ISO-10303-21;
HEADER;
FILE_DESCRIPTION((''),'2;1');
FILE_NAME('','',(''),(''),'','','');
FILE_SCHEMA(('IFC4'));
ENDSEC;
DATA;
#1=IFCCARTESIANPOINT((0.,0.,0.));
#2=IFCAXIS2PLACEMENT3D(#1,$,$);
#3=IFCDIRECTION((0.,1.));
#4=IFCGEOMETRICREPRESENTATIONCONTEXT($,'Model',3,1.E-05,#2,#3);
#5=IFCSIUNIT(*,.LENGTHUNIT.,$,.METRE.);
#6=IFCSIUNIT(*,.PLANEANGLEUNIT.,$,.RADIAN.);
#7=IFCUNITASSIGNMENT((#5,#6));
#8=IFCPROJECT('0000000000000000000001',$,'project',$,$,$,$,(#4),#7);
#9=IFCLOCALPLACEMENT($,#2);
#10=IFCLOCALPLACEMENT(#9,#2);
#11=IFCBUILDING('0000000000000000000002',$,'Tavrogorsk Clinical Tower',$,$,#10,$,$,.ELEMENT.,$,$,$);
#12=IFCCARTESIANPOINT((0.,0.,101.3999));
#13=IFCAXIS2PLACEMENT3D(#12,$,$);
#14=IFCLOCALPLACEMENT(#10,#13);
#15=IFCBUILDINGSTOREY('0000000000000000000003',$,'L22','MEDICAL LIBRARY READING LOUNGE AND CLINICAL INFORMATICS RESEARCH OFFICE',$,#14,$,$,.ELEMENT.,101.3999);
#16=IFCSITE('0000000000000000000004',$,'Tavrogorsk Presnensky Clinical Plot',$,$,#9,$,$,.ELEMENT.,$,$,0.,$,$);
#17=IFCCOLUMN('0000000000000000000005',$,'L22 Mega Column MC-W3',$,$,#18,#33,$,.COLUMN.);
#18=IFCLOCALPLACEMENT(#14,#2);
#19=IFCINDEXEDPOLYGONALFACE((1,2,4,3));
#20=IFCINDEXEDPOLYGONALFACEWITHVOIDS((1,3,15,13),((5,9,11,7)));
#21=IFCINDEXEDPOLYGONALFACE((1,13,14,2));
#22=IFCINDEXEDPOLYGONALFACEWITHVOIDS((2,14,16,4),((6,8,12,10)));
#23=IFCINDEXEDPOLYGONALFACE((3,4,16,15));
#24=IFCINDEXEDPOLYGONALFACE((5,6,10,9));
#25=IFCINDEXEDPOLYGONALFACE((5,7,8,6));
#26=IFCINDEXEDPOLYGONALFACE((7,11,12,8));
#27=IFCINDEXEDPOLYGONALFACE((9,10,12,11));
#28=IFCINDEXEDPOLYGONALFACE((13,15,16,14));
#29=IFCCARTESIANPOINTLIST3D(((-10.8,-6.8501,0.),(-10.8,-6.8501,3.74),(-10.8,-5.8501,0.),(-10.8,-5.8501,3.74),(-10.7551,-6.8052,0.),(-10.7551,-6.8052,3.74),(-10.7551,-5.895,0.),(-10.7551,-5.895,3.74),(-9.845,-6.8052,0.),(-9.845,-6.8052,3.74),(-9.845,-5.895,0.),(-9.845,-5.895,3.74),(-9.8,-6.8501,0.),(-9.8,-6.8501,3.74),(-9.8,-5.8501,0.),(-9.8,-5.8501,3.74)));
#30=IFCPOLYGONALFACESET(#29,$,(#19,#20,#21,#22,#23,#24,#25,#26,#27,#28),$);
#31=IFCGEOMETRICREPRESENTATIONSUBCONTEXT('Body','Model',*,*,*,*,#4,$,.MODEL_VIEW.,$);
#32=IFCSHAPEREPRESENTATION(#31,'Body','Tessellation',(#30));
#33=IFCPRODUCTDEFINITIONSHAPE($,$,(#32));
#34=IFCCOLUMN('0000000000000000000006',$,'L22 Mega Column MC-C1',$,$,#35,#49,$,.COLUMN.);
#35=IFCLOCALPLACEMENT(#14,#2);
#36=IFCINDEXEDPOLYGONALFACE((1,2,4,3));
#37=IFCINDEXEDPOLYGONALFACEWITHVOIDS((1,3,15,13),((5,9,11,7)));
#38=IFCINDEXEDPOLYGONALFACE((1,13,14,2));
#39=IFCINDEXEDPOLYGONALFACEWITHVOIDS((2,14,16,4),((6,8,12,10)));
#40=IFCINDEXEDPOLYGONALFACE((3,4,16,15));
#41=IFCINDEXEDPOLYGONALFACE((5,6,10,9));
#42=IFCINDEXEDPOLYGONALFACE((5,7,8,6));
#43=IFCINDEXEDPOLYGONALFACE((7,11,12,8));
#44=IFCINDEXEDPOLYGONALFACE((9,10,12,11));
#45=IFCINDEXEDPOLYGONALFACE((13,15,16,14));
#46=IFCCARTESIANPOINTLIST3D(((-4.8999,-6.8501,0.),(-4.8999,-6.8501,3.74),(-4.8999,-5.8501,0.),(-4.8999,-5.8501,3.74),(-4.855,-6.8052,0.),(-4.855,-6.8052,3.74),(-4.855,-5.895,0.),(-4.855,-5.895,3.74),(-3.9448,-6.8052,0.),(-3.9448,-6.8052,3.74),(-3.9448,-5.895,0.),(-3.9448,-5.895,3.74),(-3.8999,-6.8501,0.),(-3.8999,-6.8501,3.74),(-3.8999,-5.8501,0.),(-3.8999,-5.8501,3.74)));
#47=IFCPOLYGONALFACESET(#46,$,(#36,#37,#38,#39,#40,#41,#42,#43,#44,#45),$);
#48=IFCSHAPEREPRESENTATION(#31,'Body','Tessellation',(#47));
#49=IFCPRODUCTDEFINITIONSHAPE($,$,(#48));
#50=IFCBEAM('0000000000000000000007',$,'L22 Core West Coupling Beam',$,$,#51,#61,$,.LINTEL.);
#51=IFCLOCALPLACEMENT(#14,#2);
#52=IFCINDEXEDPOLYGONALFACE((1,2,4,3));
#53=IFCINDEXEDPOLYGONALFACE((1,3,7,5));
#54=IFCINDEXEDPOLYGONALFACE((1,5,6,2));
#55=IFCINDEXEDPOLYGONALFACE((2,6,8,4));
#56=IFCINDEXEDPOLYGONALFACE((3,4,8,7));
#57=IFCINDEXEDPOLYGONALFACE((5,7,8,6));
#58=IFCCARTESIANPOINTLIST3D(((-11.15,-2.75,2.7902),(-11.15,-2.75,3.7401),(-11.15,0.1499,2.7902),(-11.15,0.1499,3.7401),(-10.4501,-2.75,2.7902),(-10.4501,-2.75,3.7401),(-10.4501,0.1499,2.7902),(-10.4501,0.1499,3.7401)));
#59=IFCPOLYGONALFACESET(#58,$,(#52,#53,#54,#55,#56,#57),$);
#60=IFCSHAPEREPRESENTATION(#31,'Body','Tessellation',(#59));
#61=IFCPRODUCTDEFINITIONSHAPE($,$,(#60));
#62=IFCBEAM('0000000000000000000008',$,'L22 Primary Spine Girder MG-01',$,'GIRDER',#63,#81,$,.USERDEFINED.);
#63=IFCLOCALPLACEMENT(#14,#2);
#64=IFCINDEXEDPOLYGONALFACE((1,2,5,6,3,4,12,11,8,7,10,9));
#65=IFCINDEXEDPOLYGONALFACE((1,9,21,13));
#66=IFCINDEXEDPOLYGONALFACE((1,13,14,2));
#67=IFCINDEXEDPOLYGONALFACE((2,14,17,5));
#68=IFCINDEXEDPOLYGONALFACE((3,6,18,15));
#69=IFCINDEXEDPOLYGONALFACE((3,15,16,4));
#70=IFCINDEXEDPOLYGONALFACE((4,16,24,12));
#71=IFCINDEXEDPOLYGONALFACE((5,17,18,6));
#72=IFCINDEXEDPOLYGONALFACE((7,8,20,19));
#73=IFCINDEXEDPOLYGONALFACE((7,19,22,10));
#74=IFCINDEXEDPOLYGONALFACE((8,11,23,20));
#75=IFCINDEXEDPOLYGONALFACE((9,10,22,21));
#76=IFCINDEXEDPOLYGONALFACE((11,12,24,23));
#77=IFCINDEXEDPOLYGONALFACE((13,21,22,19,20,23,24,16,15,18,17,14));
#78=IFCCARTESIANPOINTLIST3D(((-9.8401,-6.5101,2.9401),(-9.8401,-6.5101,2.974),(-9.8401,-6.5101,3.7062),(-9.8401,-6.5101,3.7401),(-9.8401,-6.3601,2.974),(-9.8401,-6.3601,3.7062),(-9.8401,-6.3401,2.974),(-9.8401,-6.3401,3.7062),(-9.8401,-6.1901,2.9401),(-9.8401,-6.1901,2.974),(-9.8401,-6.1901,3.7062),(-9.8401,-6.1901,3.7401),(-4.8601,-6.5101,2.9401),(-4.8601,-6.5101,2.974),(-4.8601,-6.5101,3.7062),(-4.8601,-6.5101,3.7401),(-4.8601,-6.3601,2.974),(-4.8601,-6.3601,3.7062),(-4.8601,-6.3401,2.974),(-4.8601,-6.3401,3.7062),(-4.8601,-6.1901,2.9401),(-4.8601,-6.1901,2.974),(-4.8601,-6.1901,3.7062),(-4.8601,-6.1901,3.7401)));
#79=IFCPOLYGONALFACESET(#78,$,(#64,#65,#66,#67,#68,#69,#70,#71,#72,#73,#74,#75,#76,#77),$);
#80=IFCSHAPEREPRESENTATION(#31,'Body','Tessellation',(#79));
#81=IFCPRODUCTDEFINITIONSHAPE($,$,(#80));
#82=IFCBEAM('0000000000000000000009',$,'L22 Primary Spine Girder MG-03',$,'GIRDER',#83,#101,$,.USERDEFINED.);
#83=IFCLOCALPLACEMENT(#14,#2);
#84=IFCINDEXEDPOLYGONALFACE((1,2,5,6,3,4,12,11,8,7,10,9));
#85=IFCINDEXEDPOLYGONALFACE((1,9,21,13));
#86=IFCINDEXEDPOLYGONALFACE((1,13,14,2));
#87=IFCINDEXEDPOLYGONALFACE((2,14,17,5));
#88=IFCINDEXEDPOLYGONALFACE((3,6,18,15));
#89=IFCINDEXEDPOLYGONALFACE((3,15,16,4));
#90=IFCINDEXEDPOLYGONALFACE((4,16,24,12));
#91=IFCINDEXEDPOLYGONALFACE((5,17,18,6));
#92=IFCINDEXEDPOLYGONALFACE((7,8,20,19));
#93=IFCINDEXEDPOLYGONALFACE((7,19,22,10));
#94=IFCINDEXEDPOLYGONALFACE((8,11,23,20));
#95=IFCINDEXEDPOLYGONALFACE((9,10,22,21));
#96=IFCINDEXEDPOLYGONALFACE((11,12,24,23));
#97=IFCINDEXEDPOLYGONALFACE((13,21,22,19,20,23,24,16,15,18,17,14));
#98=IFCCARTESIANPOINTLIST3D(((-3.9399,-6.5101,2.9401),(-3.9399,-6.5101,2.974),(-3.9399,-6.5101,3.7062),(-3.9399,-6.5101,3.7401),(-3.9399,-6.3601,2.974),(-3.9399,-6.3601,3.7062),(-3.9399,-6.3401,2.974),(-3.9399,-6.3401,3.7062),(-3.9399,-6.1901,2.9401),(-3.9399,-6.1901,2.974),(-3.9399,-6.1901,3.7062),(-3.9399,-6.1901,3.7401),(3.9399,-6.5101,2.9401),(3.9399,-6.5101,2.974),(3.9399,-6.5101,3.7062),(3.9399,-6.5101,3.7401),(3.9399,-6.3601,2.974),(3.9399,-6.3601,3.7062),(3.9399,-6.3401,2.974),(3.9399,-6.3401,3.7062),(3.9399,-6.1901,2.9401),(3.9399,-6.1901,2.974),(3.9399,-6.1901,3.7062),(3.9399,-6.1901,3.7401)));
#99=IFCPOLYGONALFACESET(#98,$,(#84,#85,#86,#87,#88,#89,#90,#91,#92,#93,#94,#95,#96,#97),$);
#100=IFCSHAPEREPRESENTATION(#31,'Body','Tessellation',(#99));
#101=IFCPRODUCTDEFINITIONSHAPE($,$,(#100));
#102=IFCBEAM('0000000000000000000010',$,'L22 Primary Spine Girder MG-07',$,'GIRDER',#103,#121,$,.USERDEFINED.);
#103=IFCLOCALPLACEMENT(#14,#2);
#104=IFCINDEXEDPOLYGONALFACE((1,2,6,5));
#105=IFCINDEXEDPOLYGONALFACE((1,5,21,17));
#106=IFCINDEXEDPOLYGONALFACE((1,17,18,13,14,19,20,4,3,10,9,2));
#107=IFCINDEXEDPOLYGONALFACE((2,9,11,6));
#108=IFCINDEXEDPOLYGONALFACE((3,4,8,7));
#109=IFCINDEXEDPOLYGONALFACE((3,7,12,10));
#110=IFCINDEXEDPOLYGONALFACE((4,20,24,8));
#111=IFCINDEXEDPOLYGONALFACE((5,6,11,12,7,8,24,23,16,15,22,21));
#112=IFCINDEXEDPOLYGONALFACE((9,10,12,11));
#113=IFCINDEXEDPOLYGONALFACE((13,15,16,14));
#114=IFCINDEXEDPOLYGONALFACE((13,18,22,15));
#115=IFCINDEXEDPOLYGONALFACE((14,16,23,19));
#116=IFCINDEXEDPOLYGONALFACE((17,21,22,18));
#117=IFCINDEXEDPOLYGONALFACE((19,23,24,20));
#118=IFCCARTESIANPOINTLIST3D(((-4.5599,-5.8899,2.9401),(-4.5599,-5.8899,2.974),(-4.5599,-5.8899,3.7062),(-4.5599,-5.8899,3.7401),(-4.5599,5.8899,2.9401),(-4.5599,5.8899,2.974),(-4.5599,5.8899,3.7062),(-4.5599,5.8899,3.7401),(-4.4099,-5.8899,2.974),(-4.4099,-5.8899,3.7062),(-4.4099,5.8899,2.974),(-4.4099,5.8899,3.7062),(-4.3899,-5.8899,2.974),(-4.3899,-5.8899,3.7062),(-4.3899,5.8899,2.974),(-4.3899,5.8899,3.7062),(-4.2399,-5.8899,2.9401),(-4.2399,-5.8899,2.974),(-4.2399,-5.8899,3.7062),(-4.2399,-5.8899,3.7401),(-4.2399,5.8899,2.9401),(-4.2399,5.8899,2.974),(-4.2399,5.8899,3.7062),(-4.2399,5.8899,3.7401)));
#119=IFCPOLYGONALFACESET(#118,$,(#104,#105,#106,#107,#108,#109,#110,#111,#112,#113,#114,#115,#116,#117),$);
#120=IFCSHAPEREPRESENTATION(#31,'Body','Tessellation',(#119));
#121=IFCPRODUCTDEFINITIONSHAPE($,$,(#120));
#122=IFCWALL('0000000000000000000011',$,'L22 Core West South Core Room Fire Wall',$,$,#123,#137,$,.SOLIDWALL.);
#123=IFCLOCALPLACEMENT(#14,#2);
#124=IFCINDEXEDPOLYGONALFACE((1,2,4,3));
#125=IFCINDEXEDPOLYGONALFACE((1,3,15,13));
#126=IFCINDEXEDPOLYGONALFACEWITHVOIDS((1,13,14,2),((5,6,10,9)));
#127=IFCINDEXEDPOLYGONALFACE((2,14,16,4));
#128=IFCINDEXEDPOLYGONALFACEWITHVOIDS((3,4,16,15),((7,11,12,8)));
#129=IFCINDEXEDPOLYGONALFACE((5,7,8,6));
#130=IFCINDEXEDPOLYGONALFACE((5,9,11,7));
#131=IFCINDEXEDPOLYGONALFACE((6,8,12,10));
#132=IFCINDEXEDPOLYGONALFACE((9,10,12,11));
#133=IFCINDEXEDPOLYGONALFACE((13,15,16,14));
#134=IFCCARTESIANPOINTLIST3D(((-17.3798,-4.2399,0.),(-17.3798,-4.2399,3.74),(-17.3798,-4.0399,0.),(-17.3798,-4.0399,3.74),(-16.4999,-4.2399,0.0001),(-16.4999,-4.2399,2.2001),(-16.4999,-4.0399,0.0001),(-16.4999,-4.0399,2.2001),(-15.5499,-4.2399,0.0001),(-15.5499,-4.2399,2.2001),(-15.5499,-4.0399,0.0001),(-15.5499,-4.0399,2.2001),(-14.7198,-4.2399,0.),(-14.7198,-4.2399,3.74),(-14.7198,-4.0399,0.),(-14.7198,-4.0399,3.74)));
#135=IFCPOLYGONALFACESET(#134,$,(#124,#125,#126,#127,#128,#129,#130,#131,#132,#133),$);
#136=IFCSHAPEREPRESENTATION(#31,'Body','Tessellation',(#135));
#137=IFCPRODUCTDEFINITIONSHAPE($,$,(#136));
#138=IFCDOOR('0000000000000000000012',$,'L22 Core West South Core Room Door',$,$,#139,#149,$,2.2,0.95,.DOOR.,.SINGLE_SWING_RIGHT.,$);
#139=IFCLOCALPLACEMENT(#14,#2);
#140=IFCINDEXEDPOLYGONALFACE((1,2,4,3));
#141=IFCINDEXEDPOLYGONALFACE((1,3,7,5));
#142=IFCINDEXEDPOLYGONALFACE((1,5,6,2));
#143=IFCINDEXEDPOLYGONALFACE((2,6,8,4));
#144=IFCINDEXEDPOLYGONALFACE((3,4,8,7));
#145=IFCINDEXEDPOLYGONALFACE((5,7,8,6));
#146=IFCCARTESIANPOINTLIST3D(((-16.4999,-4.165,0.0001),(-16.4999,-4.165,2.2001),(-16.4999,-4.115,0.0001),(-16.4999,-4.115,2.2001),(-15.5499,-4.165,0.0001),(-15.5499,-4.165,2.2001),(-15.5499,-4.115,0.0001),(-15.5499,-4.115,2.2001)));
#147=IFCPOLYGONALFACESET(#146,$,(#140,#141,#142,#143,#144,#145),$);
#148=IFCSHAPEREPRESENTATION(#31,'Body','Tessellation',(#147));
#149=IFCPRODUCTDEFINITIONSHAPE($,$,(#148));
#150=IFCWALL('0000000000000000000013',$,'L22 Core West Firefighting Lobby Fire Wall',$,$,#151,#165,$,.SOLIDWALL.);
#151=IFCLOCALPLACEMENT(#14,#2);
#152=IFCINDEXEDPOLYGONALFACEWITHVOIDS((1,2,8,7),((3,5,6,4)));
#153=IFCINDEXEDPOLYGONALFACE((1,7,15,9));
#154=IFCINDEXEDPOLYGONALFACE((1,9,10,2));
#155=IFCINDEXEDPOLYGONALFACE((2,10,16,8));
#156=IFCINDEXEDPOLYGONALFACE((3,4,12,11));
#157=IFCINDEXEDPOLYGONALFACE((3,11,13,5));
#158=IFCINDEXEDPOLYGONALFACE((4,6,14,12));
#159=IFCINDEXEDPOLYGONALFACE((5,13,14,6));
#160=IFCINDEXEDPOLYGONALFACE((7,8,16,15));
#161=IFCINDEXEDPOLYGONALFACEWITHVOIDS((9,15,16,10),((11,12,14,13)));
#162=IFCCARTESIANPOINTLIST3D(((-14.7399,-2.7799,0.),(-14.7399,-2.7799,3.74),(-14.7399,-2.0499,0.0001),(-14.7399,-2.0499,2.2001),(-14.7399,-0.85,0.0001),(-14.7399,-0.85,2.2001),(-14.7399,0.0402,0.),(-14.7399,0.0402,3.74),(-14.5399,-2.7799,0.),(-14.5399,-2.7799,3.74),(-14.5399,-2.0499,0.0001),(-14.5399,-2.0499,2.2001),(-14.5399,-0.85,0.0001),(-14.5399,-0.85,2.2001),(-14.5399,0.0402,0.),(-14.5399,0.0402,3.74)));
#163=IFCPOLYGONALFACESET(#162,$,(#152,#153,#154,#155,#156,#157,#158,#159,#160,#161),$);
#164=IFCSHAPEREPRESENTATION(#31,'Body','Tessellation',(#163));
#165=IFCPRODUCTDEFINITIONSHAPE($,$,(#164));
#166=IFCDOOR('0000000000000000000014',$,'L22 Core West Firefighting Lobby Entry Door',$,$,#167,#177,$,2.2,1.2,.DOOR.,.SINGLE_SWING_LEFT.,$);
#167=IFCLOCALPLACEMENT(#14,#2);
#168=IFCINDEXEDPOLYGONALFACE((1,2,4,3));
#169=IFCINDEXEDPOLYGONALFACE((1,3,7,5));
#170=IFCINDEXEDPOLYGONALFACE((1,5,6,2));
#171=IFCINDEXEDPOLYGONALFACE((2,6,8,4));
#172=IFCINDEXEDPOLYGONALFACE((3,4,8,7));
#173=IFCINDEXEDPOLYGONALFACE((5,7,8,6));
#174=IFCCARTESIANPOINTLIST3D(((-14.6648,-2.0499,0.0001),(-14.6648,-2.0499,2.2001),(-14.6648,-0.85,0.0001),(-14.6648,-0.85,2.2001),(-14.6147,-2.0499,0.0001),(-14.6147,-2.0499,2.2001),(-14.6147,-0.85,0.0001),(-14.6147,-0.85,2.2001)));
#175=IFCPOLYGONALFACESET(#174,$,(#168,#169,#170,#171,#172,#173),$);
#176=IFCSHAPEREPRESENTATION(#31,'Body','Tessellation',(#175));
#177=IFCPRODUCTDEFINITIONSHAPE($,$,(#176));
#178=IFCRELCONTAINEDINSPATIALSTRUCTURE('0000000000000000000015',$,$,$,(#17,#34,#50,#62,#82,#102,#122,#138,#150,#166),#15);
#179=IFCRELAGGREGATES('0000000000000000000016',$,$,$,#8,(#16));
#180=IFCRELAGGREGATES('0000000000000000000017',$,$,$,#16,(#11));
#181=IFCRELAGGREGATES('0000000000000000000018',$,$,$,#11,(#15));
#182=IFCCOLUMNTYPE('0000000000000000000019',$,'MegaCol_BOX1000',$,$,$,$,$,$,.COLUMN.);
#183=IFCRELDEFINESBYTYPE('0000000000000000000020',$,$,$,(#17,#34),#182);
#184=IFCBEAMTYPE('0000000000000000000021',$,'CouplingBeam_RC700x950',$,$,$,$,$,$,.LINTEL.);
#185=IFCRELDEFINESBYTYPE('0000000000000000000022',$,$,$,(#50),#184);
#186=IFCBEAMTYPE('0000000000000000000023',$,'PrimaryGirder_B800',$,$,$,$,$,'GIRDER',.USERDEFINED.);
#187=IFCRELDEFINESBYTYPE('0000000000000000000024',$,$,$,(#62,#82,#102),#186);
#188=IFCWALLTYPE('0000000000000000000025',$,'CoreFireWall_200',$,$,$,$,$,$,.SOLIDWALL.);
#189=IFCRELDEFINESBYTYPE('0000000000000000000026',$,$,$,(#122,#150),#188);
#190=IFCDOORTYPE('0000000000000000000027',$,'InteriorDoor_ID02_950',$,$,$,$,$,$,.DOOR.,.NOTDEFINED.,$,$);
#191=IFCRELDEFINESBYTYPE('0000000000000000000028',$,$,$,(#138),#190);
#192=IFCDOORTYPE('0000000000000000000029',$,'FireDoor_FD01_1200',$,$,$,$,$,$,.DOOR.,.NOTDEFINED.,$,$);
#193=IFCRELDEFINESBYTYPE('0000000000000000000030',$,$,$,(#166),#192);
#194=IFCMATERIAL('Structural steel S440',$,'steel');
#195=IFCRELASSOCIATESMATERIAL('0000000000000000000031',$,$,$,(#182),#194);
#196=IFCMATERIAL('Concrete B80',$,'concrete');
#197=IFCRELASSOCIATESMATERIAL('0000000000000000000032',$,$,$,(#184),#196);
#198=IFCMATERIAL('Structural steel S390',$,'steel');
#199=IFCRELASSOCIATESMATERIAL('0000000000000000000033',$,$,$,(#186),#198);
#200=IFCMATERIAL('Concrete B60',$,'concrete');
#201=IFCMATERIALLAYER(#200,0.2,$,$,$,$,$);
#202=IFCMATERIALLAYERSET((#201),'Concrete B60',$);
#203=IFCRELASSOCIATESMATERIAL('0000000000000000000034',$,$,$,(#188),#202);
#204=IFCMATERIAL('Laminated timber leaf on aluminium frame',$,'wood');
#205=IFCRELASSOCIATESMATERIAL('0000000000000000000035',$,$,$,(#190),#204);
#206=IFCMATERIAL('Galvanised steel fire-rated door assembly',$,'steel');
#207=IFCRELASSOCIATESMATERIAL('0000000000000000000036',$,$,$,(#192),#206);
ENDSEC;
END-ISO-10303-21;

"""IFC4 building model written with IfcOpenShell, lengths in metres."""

from ifc_helpers import new_model, si_unit, direction, frame, frame_2d, origin, origin_2d, place, context, subcontext, project, spatial, rectangle, hollow_rectangle, i_section, extrude, material, layer, layer_set, material_profile, profile_set, type_object, element, fill, save


model = new_model("IFC4")

# Units and contexts
model_context = context("Model", 3, precision=1e-05, world=origin(), true_north=direction((0.0, 1.0)))
body_context = subcontext(model_context, "Body", "Model", "MODEL_VIEW")
ifc_project = project(units=[si_unit("LENGTHUNIT", "METRE"), si_unit("PLANEANGLEUNIT", "RADIAN")], contexts=[model_context])

# Site, building, storey
site_placement = place(None, origin())
site = spatial("IfcSite", under=ifc_project, at=site_placement, Name="Tavrogorsk Presnensky Clinical Plot", CompositionType="ELEMENT", RefElevation=0.0)
building_placement = place(site_placement, origin())
building = spatial("IfcBuilding", under=site, at=building_placement, Name="Tavrogorsk Clinical Tower", CompositionType="ELEMENT")
storey_placement = place(building_placement, frame((0.0, 0.0, 101.3999)))
storey = spatial("IfcBuildingStorey", under=building, at=storey_placement, Name="L22", Description="MEDICAL LIBRARY READING LOUNGE AND CLINICAL INFORMATICS RESEARCH OFFICE", CompositionType="ELEMENT", Elevation=101.3999)

# Columns
ifc_material_1 = material(Name="Structural steel S440", Category="steel")
ifc_material_profile_1 = material_profile(ifc_material_1, hollow_rectangle(XDim=1.0, YDim=1.0, WallThickness=0.0449, at=origin_2d()), Name="BOX-1000x1000x45")
ifc_profile_set_1 = profile_set([ifc_material_profile_1], Name="Structural steel S440")
column_type = type_object("IfcColumnType", Name="MegaCol_BOX1000", PredefinedType="COLUMN", material=ifc_profile_set_1)
for number, where, z_axis, x_axis, name in (
    (1, (-10.3, -6.3501, 0.0), (0.0, 0.0, 1.0), (1.0, 0.0, 0.0), "L22 Mega Column MC-W3"),
    (2, (-4.3999, -6.3501, 0.0), (0.0, 0.0, 1.0), (1.0, 0.0, 0.0), "L22 Mega Column MC-C1"),
):
    element("IfcColumn", number, at=place(storey_placement, frame(where, z_axis=z_axis, x_axis=x_axis)), inside=storey, type_object=column_type, Name=name, PredefinedType="COLUMN", context=body_context, shape_type="SweptSolid", body=[
        extrude(hollow_rectangle(XDim=1.0, YDim=1.0, WallThickness=0.0449, at=origin_2d()), origin(), (0.0, 0.0, 1.0), 3.74),
    ])

# Beams
ifc_material_2 = material(Name="Concrete B80", Category="concrete")
ifc_material_profile_2 = material_profile(ifc_material_2, rectangle(XDim=0.7, YDim=0.95, at=origin_2d()), Name="RC-CB-700x950")
ifc_profile_set_2 = profile_set([ifc_material_profile_2], Name="Concrete B80")
beam_type_1 = type_object("IfcBeamType", Name="CouplingBeam_RC700x950", PredefinedType="LINTEL", material=ifc_profile_set_2)
beam_1_placement = place(storey_placement, frame((-10.8, -2.75, 3.2651), z_axis=(0.0, 1.0, 0.0), x_axis=(-1.0, 0.0, 0.0)))
element("IfcBeam", 3, at=beam_1_placement, inside=storey, type_object=beam_type_1, Name="L22 Core West Coupling Beam", PredefinedType="LINTEL", context=body_context, shape_type="SweptSolid", body=[
    extrude(rectangle(XDim=0.7, YDim=0.95, at=origin_2d()), origin(), (0.0, 0.0, 1.0), 2.8999),
])
ifc_material_3 = material(Name="Structural steel S390", Category="steel")
ifc_material_profile_3 = material_profile(ifc_material_3, i_section(OverallWidth=0.3201, OverallDepth=0.8, WebThickness=0.02, FlangeThickness=0.0339, at=origin_2d()), Name="B-800x320x20x34")
ifc_profile_set_3 = profile_set([ifc_material_profile_3], Name="Structural steel S390")
beam_type_2 = type_object("IfcBeamType", Name="PrimaryGirder_B800", ElementType="GIRDER", PredefinedType="USERDEFINED", material=ifc_profile_set_3)
beam_2_placement = place(storey_placement, frame((-9.8401, -6.3501, 3.3401), z_axis=(1.0, 0.0, 0.0), x_axis=(0.0, 1.0, 0.0)))
element("IfcBeam", 4, at=beam_2_placement, inside=storey, type_object=beam_type_2, Name="L22 Primary Spine Girder MG-01", ObjectType="GIRDER", PredefinedType="USERDEFINED", context=body_context, shape_type="SweptSolid", body=[
    extrude(i_section(OverallWidth=0.3201, OverallDepth=0.8, WebThickness=0.02, FlangeThickness=0.0339, at=origin_2d()), origin(), (0.0, 0.0, 1.0), 4.98),
])
beam_3_placement = place(storey_placement, frame((-3.9399, -6.3501, 3.3401), z_axis=(1.0, 0.0, 0.0), x_axis=(0.0, 1.0, 0.0)))
element("IfcBeam", 5, at=beam_3_placement, inside=storey, type_object=beam_type_2, Name="L22 Primary Spine Girder MG-03", ObjectType="GIRDER", PredefinedType="USERDEFINED", context=body_context, shape_type="SweptSolid", body=[
    extrude(i_section(OverallWidth=0.3201, OverallDepth=0.8, WebThickness=0.02, FlangeThickness=0.0339, at=origin_2d()), origin(), (0.0, 0.0, 1.0), 7.8799),
])
beam_4_placement = place(storey_placement, frame((-4.3999, -5.8899, 3.3401), z_axis=(0.0, 1.0, 0.0), x_axis=(-1.0, 0.0, 0.0)))
element("IfcBeam", 6, at=beam_4_placement, inside=storey, type_object=beam_type_2, Name="L22 Primary Spine Girder MG-07", ObjectType="GIRDER", PredefinedType="USERDEFINED", context=body_context, shape_type="SweptSolid", body=[
    extrude(i_section(OverallWidth=0.3201, OverallDepth=0.8, WebThickness=0.02, FlangeThickness=0.0339, at=origin_2d()), origin(), (0.0, 0.0, 1.0), 11.7798),
])

# Walls, openings, doors
ifc_material_4 = material(Name="Concrete B60", Category="concrete")
ifc_layer_1 = layer(ifc_material_4, 0.2)
ifc_layer_set_1 = layer_set([ifc_layer_1], Name="Concrete B60")
wall_type_1 = type_object("IfcWallType", Name="CoreFireWall_200", PredefinedType="SOLIDWALL", material=ifc_layer_set_1)
wall_1_placement = place(storey_placement, frame((-17.3799, -4.1399, 0.0), z_axis=(0.0, 0.0, 1.0), x_axis=(1.0, 0.0, 0.0)))
wall_1 = element("IfcWall", 7, at=wall_1_placement, inside=storey, type_object=wall_type_1, Name="L22 Core West South Core Room Fire Wall", PredefinedType="SOLIDWALL", context=body_context, shape_type="SweptSolid", body=[
    extrude(rectangle(XDim=2.6599, YDim=0.2, at=frame_2d((1.3301, 0.0))), origin(), (0.0, 0.0, 1.0), 3.74),
])
opening_1_placement = place(wall_1_placement, frame((0.8799, 0.0, 0.0)))
opening_1 = element("IfcOpeningElement", 8, at=opening_1_placement, cuts=wall_1, PredefinedType="OPENING", context=body_context, shape_type="SweptSolid", body=[
    extrude(rectangle(XDim=0.95, YDim=2.2, at=frame_2d((0.4751, 1.1001))), frame((0.0, 0.1099, 0.0), z_axis=(0.0, -1.0, 0.0), x_axis=(1.0, 0.0, 0.0)), (0.0, 0.0, 1.0), 0.22),
])
ifc_material_5 = material(Name="Laminated timber leaf on aluminium frame", Category="wood")
door_type_1 = type_object("IfcDoorType", Name="InteriorDoor_ID02_950", OperationType="NOTDEFINED", PredefinedType="DOOR", material=ifc_material_5)
door_1_placement = place(opening_1_placement, origin())
door_1 = element("IfcDoor", 9, at=door_1_placement, inside=storey, type_object=door_type_1, Name="L22 Core West South Core Room Door", OperationType="SINGLE_SWING_RIGHT", OverallHeight=2.2, OverallWidth=0.95, PredefinedType="DOOR", context=body_context, shape_type="SweptSolid", body=[
    extrude(rectangle(XDim=0.95, YDim=2.2, at=frame_2d((0.4751, 1.1001))), frame((0.0, 0.0249, 0.0), z_axis=(0.0, -1.0, 0.0), x_axis=(1.0, 0.0, 0.0)), (0.0, 0.0, 1.0), 0.05),
])
fill(opening_1, door_1)
wall_2_placement = place(storey_placement, frame((-14.6399, -2.78, 0.0), z_axis=(0.0, 0.0, 1.0), x_axis=(0.0, 1.0, 0.0)))
wall_2 = element("IfcWall", 10, at=wall_2_placement, inside=storey, type_object=wall_type_1, Name="L22 Core West Firefighting Lobby Fire Wall", PredefinedType="SOLIDWALL", context=body_context, shape_type="SweptSolid", body=[
    extrude(rectangle(XDim=2.8201, YDim=0.2, at=frame_2d((1.4102, 0.0))), origin(), (0.0, 0.0, 1.0), 3.74),
])
opening_2_placement = place(wall_2_placement, frame((0.73, 0.0, 0.0)))
opening_2 = element("IfcOpeningElement", 11, at=opening_2_placement, cuts=wall_2, PredefinedType="OPENING", context=body_context, shape_type="SweptSolid", body=[
    extrude(rectangle(XDim=1.2, YDim=2.2, at=frame_2d((0.6001, 1.1001))), frame((0.0, 0.1099, 0.0), z_axis=(0.0, -1.0, 0.0), x_axis=(1.0, 0.0, 0.0)), (0.0, 0.0, 1.0), 0.22),
])
ifc_material_6 = material(Name="Galvanised steel fire-rated door assembly", Category="steel")
door_type_2 = type_object("IfcDoorType", Name="FireDoor_FD01_1200", OperationType="NOTDEFINED", PredefinedType="DOOR", material=ifc_material_6)
door_2_placement = place(opening_2_placement, origin())
door_2 = element("IfcDoor", 12, at=door_2_placement, inside=storey, type_object=door_type_2, Name="L22 Core West Firefighting Lobby Entry Door", OperationType="SINGLE_SWING_LEFT", OverallHeight=2.2, OverallWidth=1.2, PredefinedType="DOOR", context=body_context, shape_type="SweptSolid", body=[
    extrude(rectangle(XDim=1.2, YDim=2.2, at=frame_2d((0.6001, 1.1001))), frame((0.0, 0.0249, 0.0), z_axis=(0.0, -1.0, 0.0), x_axis=(1.0, 0.0, 0.0)), (0.0, 0.0, 1.0), 0.05),
])
fill(opening_2, door_2)

save(model, "model.ifc")
